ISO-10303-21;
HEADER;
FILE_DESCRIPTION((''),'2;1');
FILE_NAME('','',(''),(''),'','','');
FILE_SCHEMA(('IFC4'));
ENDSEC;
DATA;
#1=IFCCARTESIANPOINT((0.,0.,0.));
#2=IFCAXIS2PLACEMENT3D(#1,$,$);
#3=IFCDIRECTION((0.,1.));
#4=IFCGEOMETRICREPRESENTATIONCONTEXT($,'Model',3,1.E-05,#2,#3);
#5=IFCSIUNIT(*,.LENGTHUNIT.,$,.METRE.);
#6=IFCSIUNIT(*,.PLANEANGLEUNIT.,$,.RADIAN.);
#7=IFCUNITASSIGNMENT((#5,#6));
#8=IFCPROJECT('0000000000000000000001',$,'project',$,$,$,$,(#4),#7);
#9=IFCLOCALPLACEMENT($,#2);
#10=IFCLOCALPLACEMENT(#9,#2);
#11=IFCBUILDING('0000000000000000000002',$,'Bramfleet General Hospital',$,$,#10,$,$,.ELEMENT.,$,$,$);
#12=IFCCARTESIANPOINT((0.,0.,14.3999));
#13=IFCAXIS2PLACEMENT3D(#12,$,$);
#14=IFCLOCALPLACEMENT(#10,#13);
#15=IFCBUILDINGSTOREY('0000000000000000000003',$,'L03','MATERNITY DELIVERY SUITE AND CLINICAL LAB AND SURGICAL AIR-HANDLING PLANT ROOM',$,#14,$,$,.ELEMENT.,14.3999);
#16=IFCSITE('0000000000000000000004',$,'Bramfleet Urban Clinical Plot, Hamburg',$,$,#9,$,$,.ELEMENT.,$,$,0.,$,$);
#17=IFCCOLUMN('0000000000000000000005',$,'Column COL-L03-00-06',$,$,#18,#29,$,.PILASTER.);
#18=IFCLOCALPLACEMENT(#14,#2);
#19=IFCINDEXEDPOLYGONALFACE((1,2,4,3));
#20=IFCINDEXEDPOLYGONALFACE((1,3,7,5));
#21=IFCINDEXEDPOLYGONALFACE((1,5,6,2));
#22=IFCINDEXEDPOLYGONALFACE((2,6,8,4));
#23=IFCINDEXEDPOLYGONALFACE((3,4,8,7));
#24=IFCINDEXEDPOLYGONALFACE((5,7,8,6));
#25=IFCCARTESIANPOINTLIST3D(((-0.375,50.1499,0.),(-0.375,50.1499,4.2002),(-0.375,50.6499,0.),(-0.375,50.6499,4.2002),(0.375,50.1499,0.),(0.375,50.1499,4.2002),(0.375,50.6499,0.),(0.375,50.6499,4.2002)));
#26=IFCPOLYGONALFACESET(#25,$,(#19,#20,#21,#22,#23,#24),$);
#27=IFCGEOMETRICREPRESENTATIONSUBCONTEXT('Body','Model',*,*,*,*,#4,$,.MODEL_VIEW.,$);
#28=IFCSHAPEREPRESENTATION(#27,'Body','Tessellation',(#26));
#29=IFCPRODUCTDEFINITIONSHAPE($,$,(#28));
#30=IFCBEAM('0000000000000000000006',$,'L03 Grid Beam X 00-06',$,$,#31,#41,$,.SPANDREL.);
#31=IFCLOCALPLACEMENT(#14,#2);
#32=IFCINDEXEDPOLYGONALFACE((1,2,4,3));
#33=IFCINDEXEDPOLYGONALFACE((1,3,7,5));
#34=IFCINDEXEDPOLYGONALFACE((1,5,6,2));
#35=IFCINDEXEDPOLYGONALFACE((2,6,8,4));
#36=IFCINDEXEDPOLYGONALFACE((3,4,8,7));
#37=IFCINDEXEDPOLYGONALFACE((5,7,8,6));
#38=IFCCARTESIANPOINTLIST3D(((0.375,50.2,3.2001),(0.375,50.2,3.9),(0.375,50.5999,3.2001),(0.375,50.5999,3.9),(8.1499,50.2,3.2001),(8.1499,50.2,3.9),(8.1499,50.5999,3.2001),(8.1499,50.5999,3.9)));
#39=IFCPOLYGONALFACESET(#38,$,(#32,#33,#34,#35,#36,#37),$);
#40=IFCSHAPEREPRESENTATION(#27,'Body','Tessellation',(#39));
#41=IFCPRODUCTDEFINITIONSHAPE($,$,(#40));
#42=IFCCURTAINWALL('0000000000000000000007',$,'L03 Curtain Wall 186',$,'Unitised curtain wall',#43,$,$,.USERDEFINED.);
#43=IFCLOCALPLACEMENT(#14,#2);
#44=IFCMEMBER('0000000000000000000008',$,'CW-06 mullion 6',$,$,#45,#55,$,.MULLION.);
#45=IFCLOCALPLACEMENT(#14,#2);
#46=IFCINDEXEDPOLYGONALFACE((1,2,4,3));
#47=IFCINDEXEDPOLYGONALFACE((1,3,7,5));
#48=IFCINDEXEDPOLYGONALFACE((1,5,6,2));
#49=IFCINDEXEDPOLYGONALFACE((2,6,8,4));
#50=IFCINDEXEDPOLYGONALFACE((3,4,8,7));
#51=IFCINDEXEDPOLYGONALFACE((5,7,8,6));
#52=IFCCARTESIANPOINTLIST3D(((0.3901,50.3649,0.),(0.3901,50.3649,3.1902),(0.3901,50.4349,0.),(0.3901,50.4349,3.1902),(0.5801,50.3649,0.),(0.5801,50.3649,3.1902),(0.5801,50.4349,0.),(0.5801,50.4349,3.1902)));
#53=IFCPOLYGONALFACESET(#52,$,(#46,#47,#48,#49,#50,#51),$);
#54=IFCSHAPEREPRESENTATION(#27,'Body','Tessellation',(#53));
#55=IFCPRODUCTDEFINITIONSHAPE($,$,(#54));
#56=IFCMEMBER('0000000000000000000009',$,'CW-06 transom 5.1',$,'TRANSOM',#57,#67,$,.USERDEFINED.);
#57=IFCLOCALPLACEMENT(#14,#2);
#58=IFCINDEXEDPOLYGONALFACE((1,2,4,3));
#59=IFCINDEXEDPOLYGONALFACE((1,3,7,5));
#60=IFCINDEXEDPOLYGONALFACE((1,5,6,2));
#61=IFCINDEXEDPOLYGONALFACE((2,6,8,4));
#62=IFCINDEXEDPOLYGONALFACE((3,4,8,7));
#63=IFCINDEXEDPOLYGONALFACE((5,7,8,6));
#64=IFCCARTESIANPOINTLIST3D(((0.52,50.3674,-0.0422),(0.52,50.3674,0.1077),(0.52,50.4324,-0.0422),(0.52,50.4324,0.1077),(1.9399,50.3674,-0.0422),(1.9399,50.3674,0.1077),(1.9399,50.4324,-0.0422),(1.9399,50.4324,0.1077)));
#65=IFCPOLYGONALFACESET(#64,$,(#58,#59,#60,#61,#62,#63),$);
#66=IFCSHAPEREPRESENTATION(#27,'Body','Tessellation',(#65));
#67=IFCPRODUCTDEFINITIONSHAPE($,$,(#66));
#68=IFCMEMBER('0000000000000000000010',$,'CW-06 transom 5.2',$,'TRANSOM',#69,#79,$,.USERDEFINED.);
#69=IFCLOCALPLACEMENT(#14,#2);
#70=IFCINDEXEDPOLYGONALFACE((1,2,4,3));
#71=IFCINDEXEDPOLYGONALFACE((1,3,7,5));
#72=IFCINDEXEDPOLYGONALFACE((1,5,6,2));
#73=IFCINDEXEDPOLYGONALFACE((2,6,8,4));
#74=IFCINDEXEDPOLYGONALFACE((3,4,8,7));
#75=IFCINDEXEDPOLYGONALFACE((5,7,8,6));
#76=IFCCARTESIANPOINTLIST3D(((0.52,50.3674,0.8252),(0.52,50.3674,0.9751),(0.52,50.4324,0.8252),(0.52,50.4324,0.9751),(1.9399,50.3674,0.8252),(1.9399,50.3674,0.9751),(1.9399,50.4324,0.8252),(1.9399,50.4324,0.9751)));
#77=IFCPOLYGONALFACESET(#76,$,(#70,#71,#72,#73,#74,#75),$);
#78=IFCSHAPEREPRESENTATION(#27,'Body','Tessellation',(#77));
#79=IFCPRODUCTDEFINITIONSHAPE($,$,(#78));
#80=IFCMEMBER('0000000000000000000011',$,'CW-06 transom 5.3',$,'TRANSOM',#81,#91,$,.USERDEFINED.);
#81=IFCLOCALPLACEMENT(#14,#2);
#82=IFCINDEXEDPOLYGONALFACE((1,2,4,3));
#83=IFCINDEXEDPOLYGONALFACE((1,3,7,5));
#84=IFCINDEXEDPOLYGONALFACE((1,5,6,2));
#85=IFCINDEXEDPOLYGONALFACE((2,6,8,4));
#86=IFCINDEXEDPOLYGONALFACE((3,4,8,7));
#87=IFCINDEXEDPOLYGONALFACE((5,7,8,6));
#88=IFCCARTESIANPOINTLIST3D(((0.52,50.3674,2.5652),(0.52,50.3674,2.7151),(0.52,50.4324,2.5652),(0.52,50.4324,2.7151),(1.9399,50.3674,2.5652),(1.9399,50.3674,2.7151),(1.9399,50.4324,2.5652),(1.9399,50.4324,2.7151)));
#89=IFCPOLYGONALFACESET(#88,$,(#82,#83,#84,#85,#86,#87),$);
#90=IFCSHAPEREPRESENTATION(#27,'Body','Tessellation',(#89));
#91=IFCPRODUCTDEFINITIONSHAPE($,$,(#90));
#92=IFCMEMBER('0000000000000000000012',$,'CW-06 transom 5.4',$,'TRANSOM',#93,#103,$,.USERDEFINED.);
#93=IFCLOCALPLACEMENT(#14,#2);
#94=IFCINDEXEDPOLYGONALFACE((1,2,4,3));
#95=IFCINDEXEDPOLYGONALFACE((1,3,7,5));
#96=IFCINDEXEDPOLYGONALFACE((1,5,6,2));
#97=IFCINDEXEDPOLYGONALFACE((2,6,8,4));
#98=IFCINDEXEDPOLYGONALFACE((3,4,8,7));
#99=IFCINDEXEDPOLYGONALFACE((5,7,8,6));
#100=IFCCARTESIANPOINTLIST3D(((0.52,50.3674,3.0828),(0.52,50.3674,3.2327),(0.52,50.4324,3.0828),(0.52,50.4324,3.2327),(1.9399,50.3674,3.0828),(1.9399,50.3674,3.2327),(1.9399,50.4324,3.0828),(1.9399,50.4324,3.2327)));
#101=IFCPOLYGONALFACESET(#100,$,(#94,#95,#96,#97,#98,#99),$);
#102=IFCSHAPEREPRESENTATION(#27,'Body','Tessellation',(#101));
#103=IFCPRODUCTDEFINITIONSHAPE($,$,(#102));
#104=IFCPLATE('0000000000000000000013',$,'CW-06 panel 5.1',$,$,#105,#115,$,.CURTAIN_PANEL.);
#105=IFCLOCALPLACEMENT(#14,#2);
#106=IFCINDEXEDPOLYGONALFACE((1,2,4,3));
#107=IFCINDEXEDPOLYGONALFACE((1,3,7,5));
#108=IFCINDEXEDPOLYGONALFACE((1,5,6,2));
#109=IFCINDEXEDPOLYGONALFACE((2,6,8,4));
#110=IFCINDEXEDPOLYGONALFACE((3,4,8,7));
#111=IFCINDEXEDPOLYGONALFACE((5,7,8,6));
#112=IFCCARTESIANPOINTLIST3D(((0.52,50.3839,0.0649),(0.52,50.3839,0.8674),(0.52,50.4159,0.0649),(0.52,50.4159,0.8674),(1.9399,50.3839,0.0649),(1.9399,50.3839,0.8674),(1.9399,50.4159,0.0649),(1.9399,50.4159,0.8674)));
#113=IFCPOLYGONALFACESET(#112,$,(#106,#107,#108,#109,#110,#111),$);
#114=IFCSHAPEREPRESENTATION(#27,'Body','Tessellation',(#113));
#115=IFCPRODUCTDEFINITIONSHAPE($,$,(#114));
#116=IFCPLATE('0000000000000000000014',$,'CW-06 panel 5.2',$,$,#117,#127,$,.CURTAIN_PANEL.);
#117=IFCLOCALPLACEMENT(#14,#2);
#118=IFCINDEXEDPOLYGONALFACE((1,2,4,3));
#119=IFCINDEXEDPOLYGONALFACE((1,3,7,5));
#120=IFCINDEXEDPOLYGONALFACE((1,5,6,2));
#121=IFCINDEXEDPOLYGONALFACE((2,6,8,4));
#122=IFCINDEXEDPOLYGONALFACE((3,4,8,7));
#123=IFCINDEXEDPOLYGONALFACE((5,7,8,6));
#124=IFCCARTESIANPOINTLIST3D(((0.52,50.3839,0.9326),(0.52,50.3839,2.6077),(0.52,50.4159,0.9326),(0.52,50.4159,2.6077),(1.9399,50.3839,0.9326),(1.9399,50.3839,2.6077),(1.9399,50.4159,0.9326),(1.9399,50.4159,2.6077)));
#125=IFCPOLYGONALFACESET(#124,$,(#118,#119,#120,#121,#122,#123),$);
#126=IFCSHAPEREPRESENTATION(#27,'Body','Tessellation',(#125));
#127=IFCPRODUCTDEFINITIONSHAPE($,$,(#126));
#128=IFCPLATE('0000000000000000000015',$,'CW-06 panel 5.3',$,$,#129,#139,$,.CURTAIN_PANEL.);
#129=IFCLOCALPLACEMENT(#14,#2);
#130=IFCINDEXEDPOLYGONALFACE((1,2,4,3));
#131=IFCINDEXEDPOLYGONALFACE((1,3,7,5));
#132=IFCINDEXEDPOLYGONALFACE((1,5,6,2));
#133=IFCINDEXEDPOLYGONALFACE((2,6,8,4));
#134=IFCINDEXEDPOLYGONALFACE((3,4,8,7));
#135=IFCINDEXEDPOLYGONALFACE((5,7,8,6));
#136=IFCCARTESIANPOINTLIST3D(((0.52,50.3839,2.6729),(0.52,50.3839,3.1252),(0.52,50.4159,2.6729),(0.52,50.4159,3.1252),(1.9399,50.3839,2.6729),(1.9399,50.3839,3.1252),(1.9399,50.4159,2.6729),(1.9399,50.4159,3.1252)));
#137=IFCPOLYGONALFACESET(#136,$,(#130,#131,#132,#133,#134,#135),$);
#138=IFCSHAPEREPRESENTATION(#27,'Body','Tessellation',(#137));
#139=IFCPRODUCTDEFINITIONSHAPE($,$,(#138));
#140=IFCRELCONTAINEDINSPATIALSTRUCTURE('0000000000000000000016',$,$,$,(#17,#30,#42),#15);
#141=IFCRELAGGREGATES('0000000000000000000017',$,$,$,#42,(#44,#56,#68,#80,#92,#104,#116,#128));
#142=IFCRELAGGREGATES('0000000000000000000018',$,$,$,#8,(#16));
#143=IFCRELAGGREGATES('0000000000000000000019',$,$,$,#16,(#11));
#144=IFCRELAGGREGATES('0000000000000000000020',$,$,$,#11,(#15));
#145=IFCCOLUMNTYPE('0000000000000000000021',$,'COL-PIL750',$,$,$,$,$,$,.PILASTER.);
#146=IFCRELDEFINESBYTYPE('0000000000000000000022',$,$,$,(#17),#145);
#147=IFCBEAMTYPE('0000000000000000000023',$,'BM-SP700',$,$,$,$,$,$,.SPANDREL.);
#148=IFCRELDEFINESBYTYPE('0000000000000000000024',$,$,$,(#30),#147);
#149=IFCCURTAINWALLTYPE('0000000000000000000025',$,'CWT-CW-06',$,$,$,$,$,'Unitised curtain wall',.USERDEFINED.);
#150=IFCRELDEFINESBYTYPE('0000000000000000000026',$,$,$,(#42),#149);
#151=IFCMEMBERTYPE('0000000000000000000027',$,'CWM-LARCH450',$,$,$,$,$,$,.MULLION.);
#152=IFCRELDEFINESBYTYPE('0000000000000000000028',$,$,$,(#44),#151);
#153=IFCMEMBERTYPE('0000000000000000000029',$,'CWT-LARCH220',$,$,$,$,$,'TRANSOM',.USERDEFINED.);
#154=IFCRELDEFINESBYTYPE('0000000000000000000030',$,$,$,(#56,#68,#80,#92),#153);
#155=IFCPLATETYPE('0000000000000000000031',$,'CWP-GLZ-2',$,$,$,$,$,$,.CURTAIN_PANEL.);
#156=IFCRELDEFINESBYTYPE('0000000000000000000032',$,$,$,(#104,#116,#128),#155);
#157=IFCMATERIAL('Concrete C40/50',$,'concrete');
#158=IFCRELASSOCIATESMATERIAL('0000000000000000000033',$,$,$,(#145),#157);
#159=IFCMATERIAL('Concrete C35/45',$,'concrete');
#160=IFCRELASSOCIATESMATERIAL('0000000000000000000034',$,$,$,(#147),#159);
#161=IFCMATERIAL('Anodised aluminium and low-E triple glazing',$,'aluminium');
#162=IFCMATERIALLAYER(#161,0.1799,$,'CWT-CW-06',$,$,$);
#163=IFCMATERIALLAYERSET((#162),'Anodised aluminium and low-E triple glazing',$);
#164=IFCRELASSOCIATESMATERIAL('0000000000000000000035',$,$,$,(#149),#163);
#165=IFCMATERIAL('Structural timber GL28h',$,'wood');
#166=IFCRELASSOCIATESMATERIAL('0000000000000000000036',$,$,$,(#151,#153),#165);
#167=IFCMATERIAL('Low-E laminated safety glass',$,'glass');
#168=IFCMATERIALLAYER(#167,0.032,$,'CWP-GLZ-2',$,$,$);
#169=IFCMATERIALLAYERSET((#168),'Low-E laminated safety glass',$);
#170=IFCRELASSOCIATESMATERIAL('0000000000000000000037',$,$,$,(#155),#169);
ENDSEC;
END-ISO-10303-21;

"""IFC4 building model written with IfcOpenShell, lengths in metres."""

from ifc_helpers import new_model, si_unit, direction, frame, origin, origin_2d, place, context, subcontext, project, spatial, rectangle, extrude, material, layer, layer_set, material_profile, profile_set, type_object, element, aggregate, save


model = new_model("IFC4")

# Units and contexts
model_context = context("Model", 3, precision=1e-05, world=origin(), true_north=direction((0.0, 1.0)))
body_context = subcontext(model_context, "Body", "Model", "MODEL_VIEW")
ifc_project = project(units=[si_unit("LENGTHUNIT", "METRE"), si_unit("PLANEANGLEUNIT", "RADIAN")], contexts=[model_context])

# Site, building, storey
site_placement = place(None, origin())
site = spatial("IfcSite", under=ifc_project, at=site_placement, Name="Bramfleet Urban Clinical Plot, Hamburg", CompositionType="ELEMENT", RefElevation=0.0)
building_placement = place(site_placement, origin())
building = spatial("IfcBuilding", under=site, at=building_placement, Name="Bramfleet General Hospital", CompositionType="ELEMENT")
storey_placement = place(building_placement, frame((0.0, 0.0, 14.3999)))
storey = spatial("IfcBuildingStorey", under=building, at=storey_placement, Name="L03", Description="MATERNITY DELIVERY SUITE AND CLINICAL LAB AND SURGICAL AIR-HANDLING PLANT ROOM", CompositionType="ELEMENT", Elevation=14.3999)

# Column
ifc_material_1 = material(Name="Concrete C40/50", Category="concrete")
ifc_material_profile_1 = material_profile(ifc_material_1, rectangle(XDim=0.5, YDim=0.75, at=origin_2d()), Name="RC PIL 750x500")
ifc_profile_set_1 = profile_set([ifc_material_profile_1], Name="Concrete C40/50")
column_type = type_object("IfcColumnType", Name="COL-PIL750", PredefinedType="PILASTER", material=ifc_profile_set_1)
column_placement = place(storey_placement, frame((0.0, 50.3999, 0.0), z_axis=(0.0, 0.0, 1.0), x_axis=(0.0, 1.0, 0.0)))
element("IfcColumn", 1, at=column_placement, inside=storey, type_object=column_type, Name="Column COL-L03-00-06", PredefinedType="PILASTER", context=body_context, shape_type="SweptSolid", body=[
    extrude(rectangle(XDim=0.5, YDim=0.75, at=origin_2d()), origin(), (0.0, 0.0, 1.0), 4.2002),
])

# Beam
ifc_material_2 = material(Name="Concrete C35/45", Category="concrete")
ifc_material_profile_2 = material_profile(ifc_material_2, rectangle(XDim=0.3999, YDim=0.7, at=origin_2d()), Name="RC SP 700x400")
ifc_profile_set_2 = profile_set([ifc_material_profile_2], Name="Concrete C35/45")
beam_type = type_object("IfcBeamType", Name="BM-SP700", PredefinedType="SPANDREL", material=ifc_profile_set_2)
beam_placement = place(storey_placement, frame((0.375, 50.3999, 3.55), z_axis=(1.0, 0.0, 0.0), x_axis=(0.0, 1.0, 0.0)))
element("IfcBeam", 2, at=beam_placement, inside=storey, type_object=beam_type, Name="L03 Grid Beam X 00-06", PredefinedType="SPANDREL", context=body_context, shape_type="SweptSolid", body=[
    extrude(rectangle(XDim=0.3999, YDim=0.7, at=origin_2d()), origin(), (0.0, 0.0, 1.0), 7.7749),
])

# Curtain wall, members, plates
ifc_material_3 = material(Name="Anodised aluminium and low-E triple glazing", Category="aluminium")
ifc_layer_1 = layer(ifc_material_3, 0.1799, Name="CWT-CW-06")
ifc_layer_set_1 = layer_set([ifc_layer_1], Name="Anodised aluminium and low-E triple glazing")
curtain_wall_type = type_object("IfcCurtainWallType", Name="CWT-CW-06", ElementType="Unitised curtain wall", PredefinedType="USERDEFINED", material=ifc_layer_set_1)
curtain_wall_placement = place(storey_placement, origin())
curtain_wall = element("IfcCurtainWall", 3, at=curtain_wall_placement, inside=storey, type_object=curtain_wall_type, Name="L03 Curtain Wall 186", ObjectType="Unitised curtain wall", PredefinedType="USERDEFINED")
ifc_material_4 = material(Name="Structural timber GL28h", Category="wood")
ifc_material_profile_3 = material_profile(ifc_material_4, rectangle(XDim=0.0701, YDim=0.1899, at=origin_2d()), Name="LARCH 190x70")
ifc_profile_set_3 = profile_set([ifc_material_profile_3], Name="Structural timber GL28h")
member_type_1 = type_object("IfcMemberType", Name="CWM-LARCH450", PredefinedType="MULLION", material=ifc_profile_set_3)
member_1_placement = place(storey_placement, frame((0.4851, 50.3999, 0.0), z_axis=(0.0, 0.0, 1.0), x_axis=(0.0, -1.0, 0.0)))
member_1 = element("IfcMember", 4, at=member_1_placement, type_object=member_type_1, Name="CW-06 mullion 6", PredefinedType="MULLION", context=body_context, shape_type="SweptSolid", body=[
    extrude(rectangle(XDim=0.0701, YDim=0.1899, at=origin_2d()), origin(), (0.0, 0.0, 1.0), 3.1902),
])
ifc_material_profile_4 = material_profile(ifc_material_4, rectangle(XDim=0.0649, YDim=0.1499, at=origin_2d()), Name="LARCH 150x65")
ifc_profile_set_4 = profile_set([ifc_material_profile_4], Name="Structural timber GL28h")
member_type_2 = type_object("IfcMemberType", Name="CWT-LARCH220", ElementType="TRANSOM", PredefinedType="USERDEFINED", material=ifc_profile_set_4)
member_2_placement = place(storey_placement, frame((1.9399, 50.3999, 0.0327), z_axis=(-1.0, 0.0, 0.0), x_axis=(0.0, -1.0, 0.0)))
member_2 = element("IfcMember", 5, at=member_2_placement, type_object=member_type_2, Name="CW-06 transom 5.1", ObjectType="TRANSOM", PredefinedType="USERDEFINED", context=body_context, shape_type="SweptSolid", body=[
    extrude(rectangle(XDim=0.0649, YDim=0.1499, at=origin_2d()), origin(), (0.0, 0.0, 1.0), 1.4199),
])
member_3_placement = place(storey_placement, frame((1.9399, 50.3999, 0.9001), z_axis=(-1.0, 0.0, 0.0), x_axis=(0.0, -1.0, 0.0)))
member_3 = element("IfcMember", 6, at=member_3_placement, type_object=member_type_2, Name="CW-06 transom 5.2", ObjectType="TRANSOM", PredefinedType="USERDEFINED", context=body_context, shape_type="SweptSolid", body=[
    extrude(rectangle(XDim=0.0649, YDim=0.1499, at=origin_2d()), origin(), (0.0, 0.0, 1.0), 1.4199),
])
member_4_placement = place(storey_placement, frame((1.9399, 50.3999, 2.6401), z_axis=(-1.0, 0.0, 0.0), x_axis=(0.0, -1.0, 0.0)))
member_4 = element("IfcMember", 7, at=member_4_placement, type_object=member_type_2, Name="CW-06 transom 5.3", ObjectType="TRANSOM", PredefinedType="USERDEFINED", context=body_context, shape_type="SweptSolid", body=[
    extrude(rectangle(XDim=0.0649, YDim=0.1499, at=origin_2d()), origin(), (0.0, 0.0, 1.0), 1.4199),
])
member_5_placement = place(storey_placement, frame((1.9399, 50.3999, 3.1577), z_axis=(-1.0, 0.0, 0.0), x_axis=(0.0, -1.0, 0.0)))
member_5 = element("IfcMember", 8, at=member_5_placement, type_object=member_type_2, Name="CW-06 transom 5.4", ObjectType="TRANSOM", PredefinedType="USERDEFINED", context=body_context, shape_type="SweptSolid", body=[
    extrude(rectangle(XDim=0.0649, YDim=0.1499, at=origin_2d()), origin(), (0.0, 0.0, 1.0), 1.4199),
])
ifc_material_5 = material(Name="Low-E laminated safety glass", Category="glass")
ifc_layer_2 = layer(ifc_material_5, 0.032, Name="CWP-GLZ-2")
ifc_layer_set_2 = layer_set([ifc_layer_2], Name="Low-E laminated safety glass")
plate_type = type_object("IfcPlateType", Name="CWP-GLZ-2", PredefinedType="CURTAIN_PANEL", material=ifc_layer_set_2)
plate_1_placement = place(storey_placement, frame((1.23, 50.3999, 0.0649), z_axis=(0.0, 0.0, 1.0), x_axis=(-1.0, 0.0, 0.0)))
plate_1 = element("IfcPlate", 9, at=plate_1_placement, type_object=plate_type, Name="CW-06 panel 5.1", PredefinedType="CURTAIN_PANEL", context=body_context, shape_type="SweptSolid", body=[
    extrude(rectangle(XDim=1.4199, YDim=0.032, at=origin_2d()), origin(), (0.0, 0.0, 1.0), 0.8025),
])
plate_2_placement = place(storey_placement, frame((1.23, 50.3999, 0.9326), z_axis=(0.0, 0.0, 1.0), x_axis=(-1.0, 0.0, 0.0)))
plate_2 = element("IfcPlate", 10, at=plate_2_placement, type_object=plate_type, Name="CW-06 panel 5.2", PredefinedType="CURTAIN_PANEL", context=body_context, shape_type="SweptSolid", body=[
    extrude(rectangle(XDim=1.4199, YDim=0.032, at=origin_2d()), origin(), (0.0, 0.0, 1.0), 1.675),
])
plate_3_placement = place(storey_placement, frame((1.23, 50.3999, 2.6729), z_axis=(0.0, 0.0, 1.0), x_axis=(-1.0, 0.0, 0.0)))
plate_3 = element("IfcPlate", 11, at=plate_3_placement, type_object=plate_type, Name="CW-06 panel 5.3", PredefinedType="CURTAIN_PANEL", context=body_context, shape_type="SweptSolid", body=[
    extrude(rectangle(XDim=1.4199, YDim=0.032, at=origin_2d()), origin(), (0.0, 0.0, 1.0), 0.4524),
])
aggregate(curtain_wall, [member_1, member_2, member_3, member_4, member_5, plate_1, plate_2, plate_3])

save(model, "model.ifc")
